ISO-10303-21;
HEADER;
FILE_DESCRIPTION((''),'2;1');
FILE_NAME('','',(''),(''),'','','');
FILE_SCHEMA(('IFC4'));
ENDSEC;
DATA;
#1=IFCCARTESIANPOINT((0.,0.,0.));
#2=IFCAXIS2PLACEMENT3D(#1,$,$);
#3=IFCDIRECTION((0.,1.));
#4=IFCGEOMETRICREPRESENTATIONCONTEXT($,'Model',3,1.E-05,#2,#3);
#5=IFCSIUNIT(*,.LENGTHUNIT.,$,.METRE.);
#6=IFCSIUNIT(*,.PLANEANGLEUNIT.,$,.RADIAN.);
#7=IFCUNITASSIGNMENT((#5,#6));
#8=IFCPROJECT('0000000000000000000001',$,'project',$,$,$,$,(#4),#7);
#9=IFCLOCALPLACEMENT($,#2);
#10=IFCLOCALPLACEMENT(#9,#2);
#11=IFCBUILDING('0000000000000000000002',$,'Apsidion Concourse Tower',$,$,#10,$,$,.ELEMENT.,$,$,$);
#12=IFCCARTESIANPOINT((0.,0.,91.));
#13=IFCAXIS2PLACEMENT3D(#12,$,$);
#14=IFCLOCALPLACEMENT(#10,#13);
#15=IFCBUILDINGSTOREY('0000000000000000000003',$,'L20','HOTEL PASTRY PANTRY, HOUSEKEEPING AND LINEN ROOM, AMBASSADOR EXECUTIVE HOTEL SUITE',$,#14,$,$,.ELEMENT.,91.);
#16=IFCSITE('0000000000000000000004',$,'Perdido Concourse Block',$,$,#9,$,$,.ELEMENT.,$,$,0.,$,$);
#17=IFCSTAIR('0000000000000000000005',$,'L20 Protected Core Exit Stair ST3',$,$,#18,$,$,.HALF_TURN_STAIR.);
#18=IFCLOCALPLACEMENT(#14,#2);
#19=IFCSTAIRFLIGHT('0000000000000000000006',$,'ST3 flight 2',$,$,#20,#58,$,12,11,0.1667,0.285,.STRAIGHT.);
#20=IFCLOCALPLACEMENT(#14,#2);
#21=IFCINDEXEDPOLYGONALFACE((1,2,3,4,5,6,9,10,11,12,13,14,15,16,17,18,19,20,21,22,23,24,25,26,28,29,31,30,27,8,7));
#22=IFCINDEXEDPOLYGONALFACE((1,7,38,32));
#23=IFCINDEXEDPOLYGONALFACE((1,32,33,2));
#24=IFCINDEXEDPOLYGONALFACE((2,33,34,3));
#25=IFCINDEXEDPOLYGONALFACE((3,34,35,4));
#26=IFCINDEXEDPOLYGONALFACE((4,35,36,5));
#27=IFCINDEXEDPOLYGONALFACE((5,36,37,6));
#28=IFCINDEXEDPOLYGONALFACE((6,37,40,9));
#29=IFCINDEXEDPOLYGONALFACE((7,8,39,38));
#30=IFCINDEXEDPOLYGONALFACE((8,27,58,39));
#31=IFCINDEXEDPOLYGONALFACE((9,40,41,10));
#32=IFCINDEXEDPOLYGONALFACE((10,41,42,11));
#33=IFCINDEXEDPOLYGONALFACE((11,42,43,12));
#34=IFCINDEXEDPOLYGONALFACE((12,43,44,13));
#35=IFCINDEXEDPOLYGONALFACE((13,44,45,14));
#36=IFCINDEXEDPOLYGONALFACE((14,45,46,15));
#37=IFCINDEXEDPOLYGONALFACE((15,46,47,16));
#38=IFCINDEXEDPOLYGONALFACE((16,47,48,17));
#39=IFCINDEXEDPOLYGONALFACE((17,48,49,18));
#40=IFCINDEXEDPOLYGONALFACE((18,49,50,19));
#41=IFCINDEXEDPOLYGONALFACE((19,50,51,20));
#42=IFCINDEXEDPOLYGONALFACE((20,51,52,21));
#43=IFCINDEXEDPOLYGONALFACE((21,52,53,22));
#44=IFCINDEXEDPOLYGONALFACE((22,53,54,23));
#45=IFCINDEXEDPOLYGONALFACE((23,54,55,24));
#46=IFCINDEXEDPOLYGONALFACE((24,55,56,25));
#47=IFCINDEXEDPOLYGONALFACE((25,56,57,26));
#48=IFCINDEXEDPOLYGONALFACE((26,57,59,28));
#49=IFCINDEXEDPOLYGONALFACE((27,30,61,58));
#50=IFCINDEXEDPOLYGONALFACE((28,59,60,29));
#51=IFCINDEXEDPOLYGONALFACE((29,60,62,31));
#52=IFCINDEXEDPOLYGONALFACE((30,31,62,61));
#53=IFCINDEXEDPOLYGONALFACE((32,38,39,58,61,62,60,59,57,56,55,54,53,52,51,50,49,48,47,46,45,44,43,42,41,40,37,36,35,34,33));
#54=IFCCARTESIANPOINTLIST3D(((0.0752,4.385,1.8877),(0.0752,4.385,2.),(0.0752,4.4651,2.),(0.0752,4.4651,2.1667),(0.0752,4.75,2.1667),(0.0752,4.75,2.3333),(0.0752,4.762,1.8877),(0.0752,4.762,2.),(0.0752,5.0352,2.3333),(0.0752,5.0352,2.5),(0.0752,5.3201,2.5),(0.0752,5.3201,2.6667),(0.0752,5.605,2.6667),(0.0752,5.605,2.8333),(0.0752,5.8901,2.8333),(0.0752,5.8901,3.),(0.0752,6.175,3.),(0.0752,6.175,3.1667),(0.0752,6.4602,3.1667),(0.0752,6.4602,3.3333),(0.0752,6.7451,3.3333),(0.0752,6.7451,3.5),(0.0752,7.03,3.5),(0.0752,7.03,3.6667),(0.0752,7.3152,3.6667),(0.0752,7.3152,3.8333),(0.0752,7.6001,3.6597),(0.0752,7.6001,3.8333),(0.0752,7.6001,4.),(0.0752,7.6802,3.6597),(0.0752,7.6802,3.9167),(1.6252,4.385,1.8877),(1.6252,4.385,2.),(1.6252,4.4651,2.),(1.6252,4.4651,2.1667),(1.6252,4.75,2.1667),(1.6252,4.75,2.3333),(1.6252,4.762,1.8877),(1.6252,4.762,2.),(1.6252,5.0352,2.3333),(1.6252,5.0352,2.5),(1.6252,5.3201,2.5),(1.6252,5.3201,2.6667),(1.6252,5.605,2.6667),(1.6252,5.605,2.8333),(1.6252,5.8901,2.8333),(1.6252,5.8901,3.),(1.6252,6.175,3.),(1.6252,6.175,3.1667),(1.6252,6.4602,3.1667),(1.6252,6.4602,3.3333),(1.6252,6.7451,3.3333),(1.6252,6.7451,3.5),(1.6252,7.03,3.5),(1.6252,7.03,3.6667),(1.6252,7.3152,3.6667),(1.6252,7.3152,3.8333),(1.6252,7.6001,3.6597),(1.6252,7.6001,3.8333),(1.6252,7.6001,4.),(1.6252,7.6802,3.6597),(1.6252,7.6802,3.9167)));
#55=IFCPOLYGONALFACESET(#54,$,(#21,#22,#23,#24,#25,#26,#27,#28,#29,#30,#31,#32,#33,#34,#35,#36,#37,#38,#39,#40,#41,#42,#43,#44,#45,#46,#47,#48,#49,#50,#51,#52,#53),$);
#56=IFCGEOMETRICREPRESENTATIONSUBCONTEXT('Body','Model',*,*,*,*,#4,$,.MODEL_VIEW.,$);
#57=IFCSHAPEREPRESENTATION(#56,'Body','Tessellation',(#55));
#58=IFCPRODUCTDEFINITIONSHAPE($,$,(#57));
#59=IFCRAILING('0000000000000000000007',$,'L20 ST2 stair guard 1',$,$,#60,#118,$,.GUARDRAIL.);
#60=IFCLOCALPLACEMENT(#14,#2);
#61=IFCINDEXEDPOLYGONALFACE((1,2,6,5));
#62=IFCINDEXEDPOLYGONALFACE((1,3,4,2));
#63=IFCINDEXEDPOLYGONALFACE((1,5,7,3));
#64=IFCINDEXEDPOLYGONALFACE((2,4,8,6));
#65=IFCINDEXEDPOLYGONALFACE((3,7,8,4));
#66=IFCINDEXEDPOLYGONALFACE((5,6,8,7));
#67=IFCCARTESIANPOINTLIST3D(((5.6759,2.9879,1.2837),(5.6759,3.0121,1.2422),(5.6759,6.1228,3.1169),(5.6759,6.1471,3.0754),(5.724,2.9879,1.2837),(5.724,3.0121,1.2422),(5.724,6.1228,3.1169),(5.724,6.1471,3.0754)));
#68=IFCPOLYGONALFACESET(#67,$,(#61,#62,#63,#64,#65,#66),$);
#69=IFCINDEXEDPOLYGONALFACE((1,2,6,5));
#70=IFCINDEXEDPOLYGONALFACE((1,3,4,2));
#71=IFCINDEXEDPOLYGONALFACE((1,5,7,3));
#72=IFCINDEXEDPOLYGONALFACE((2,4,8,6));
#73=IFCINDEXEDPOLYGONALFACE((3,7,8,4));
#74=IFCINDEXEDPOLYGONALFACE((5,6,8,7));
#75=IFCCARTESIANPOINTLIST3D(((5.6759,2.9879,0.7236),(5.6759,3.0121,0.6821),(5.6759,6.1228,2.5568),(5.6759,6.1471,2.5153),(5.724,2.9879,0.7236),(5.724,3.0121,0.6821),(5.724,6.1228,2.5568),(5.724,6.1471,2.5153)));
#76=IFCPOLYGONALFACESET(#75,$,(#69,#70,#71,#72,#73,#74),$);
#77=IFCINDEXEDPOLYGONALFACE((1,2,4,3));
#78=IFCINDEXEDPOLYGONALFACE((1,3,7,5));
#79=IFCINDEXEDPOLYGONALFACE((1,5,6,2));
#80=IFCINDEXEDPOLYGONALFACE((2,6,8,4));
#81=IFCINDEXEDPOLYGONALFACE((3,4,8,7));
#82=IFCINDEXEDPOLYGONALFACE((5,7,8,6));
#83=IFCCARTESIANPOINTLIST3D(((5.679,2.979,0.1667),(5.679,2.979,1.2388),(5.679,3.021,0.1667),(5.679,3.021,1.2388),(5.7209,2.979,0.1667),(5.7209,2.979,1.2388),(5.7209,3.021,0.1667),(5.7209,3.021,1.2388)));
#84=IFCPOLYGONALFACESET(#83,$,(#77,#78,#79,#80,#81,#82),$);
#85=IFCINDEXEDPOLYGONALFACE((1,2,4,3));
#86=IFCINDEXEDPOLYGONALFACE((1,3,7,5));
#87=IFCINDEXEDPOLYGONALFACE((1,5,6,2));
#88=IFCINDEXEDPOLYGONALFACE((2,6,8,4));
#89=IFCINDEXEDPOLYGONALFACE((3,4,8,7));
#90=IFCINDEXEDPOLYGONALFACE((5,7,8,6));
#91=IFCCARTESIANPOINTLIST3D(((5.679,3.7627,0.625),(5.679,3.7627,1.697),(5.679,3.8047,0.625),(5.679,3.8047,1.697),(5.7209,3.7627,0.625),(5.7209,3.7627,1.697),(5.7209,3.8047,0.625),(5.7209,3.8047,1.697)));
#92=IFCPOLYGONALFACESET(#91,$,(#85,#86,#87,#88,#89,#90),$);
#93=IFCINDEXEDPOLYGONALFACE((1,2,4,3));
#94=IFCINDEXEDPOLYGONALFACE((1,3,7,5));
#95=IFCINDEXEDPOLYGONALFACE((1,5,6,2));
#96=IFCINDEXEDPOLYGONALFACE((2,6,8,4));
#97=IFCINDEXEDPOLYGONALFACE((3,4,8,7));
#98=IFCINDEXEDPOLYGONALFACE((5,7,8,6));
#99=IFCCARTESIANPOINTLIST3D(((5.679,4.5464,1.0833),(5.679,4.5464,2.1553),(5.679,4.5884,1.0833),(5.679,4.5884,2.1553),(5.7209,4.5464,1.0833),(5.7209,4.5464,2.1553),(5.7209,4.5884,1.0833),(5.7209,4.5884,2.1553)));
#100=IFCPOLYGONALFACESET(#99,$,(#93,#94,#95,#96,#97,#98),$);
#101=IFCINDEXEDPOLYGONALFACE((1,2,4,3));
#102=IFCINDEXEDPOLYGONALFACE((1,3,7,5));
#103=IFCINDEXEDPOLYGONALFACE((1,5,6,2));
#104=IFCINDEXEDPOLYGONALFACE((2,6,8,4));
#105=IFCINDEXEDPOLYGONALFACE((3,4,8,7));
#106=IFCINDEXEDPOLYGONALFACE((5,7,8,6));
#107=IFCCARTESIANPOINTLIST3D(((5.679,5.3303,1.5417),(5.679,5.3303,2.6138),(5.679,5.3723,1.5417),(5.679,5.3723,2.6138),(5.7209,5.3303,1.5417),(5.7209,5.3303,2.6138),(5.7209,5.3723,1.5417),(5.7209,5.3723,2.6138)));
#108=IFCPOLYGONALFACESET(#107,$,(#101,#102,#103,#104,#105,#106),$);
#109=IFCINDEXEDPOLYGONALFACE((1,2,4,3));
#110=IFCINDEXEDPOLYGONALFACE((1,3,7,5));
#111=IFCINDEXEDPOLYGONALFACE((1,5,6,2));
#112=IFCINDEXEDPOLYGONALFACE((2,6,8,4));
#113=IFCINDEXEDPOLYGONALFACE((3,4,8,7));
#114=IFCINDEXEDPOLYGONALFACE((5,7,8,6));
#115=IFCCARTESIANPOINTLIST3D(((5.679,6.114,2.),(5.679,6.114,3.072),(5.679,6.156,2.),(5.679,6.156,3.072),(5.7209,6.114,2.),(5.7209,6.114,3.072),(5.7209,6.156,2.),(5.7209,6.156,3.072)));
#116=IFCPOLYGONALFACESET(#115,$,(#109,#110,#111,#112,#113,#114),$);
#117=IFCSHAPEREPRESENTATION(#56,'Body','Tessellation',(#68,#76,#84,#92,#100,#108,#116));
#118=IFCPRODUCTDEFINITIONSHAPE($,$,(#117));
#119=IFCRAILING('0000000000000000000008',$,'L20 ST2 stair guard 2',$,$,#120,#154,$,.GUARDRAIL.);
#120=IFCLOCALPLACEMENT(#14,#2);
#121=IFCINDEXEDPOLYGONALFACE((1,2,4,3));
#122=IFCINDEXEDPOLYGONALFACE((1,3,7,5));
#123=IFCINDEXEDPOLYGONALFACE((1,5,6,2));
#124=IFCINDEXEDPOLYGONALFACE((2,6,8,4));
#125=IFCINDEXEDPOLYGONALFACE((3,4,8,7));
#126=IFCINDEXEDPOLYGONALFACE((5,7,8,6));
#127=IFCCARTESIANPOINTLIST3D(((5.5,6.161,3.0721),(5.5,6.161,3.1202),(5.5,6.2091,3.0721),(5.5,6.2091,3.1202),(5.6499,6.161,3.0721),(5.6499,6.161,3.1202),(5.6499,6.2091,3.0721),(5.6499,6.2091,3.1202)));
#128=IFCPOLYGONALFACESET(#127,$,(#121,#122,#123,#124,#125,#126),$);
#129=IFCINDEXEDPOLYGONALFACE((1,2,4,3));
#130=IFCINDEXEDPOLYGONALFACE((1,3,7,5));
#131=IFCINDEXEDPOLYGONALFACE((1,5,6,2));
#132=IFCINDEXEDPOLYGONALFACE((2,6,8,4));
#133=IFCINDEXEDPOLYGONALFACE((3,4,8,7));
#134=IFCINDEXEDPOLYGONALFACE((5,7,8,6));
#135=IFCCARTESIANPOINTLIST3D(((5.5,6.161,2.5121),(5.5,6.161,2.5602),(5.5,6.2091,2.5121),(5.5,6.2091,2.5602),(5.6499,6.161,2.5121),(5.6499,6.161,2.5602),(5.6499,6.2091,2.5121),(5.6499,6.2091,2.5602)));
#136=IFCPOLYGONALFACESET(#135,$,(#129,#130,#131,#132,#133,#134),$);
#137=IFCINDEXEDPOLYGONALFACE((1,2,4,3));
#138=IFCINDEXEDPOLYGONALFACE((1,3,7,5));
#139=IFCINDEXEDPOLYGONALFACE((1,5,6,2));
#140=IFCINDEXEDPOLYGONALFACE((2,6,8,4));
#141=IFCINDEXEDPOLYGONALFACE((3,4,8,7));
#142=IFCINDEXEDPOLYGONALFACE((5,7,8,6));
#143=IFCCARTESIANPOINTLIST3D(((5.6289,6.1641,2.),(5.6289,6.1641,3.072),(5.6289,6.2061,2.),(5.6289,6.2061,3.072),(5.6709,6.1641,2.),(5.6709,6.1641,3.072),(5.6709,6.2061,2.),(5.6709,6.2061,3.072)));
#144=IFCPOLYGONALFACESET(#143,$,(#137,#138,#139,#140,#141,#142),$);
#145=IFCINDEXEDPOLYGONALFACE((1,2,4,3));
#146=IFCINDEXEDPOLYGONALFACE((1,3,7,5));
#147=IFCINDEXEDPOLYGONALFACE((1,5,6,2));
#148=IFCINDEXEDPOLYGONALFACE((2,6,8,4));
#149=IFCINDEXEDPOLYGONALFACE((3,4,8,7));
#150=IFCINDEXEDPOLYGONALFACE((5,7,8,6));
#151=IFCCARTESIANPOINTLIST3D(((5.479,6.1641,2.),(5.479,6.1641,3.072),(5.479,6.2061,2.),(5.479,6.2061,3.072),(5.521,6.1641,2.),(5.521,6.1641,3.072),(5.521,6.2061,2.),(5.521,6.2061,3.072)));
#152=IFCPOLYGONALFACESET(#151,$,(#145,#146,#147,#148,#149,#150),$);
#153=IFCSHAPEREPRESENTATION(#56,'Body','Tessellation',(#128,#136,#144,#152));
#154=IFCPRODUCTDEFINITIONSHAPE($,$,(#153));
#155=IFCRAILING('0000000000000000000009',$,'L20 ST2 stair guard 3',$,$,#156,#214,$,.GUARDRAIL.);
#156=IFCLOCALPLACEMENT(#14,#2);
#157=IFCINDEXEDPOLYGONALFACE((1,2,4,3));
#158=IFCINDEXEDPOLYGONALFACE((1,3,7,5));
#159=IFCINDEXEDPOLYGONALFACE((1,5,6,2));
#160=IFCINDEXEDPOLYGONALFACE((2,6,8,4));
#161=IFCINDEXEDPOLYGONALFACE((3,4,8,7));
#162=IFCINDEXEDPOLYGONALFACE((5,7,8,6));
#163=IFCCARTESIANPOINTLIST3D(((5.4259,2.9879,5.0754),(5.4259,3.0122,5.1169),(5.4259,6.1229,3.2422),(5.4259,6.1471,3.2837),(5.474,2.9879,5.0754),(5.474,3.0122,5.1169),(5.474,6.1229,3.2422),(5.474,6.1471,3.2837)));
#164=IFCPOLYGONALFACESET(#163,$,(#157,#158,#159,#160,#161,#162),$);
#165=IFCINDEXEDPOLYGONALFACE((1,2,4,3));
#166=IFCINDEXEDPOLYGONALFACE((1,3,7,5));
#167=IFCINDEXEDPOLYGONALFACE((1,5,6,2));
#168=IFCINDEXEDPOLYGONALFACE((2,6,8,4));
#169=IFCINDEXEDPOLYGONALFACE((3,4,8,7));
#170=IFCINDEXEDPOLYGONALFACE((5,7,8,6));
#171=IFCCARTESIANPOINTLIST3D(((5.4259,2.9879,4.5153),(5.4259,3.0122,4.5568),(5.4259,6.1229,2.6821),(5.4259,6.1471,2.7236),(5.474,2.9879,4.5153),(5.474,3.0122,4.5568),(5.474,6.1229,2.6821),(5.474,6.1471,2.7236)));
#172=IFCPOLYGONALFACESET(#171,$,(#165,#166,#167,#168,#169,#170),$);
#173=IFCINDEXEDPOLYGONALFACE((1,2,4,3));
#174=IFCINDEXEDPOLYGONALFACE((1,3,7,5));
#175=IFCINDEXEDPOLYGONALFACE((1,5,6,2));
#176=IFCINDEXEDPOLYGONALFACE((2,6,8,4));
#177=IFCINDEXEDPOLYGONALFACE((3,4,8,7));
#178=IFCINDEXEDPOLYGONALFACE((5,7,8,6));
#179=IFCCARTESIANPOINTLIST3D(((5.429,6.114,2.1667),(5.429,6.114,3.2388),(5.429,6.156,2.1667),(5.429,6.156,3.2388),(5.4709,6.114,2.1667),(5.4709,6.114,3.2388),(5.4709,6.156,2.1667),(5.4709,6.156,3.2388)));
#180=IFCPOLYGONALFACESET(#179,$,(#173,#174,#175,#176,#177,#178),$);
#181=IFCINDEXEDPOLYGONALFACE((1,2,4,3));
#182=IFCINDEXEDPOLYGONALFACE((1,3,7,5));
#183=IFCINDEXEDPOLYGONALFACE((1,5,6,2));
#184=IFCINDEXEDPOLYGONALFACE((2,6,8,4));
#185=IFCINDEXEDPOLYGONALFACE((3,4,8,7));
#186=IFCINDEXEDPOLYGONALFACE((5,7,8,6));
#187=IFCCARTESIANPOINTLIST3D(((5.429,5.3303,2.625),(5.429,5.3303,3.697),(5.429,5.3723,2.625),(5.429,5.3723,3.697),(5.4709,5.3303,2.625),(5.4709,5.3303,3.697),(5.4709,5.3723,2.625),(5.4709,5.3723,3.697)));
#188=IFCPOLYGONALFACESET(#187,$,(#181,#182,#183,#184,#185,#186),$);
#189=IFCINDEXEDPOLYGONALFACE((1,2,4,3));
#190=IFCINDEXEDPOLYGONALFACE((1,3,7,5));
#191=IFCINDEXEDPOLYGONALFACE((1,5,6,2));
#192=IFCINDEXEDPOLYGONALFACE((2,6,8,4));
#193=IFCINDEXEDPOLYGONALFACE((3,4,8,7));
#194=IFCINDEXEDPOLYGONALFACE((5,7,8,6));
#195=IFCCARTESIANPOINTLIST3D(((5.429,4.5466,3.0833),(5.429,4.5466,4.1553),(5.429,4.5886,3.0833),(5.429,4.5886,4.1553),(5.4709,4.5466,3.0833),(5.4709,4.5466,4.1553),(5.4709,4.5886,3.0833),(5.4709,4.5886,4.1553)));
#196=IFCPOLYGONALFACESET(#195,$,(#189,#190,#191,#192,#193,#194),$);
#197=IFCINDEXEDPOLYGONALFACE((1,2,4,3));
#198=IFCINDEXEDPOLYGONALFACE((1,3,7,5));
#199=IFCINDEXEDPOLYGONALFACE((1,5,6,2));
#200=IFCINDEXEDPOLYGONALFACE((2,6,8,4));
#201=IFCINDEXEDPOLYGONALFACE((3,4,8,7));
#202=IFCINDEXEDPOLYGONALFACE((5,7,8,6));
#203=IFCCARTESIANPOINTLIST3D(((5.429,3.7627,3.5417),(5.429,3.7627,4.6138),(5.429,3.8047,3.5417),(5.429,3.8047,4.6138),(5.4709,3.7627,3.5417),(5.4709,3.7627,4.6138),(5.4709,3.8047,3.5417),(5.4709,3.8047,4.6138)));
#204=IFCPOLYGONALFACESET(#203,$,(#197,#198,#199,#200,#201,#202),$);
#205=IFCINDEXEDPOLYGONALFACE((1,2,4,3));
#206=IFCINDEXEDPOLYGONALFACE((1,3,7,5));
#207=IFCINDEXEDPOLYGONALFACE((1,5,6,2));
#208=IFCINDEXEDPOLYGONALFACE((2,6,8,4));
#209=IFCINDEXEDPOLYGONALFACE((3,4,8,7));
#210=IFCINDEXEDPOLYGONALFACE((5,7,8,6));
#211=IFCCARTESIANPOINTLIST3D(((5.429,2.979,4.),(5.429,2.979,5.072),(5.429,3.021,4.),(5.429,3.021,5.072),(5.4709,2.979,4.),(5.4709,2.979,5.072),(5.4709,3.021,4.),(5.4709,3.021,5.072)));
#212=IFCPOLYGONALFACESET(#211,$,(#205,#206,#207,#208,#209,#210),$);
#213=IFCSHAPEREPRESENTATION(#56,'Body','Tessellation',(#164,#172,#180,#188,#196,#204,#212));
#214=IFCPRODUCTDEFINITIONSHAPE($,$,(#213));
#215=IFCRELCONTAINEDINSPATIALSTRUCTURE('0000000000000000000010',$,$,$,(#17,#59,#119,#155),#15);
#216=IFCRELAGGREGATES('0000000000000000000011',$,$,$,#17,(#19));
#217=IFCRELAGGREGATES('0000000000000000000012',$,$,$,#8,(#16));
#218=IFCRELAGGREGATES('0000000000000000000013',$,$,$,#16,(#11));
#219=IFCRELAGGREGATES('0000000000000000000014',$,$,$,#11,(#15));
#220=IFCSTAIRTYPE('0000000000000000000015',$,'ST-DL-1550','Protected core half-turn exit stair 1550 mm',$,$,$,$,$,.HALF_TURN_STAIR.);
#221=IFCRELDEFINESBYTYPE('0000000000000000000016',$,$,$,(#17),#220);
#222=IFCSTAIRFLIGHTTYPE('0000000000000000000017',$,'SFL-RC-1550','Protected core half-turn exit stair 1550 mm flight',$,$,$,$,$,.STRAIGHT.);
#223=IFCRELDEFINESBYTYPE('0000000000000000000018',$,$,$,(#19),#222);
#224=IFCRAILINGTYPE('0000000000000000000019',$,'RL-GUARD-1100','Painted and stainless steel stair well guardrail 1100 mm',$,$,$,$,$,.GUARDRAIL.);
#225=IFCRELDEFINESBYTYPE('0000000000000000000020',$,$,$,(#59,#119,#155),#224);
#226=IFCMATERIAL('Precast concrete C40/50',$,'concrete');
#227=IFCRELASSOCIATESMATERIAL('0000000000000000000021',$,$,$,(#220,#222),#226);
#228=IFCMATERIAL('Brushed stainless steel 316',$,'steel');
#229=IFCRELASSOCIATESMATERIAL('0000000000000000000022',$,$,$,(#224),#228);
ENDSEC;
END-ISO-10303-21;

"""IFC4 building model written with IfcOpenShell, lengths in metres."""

from ifc_helpers import new_model, si_unit, direction, frame, origin, origin_2d, place, context, subcontext, project, spatial, polyline, rectangle, outline, extrude, material, type_object, element, aggregate, save


model = new_model("IFC4")

# Units and contexts
model_context = context("Model", 3, precision=1e-05, world=origin(), true_north=direction((0.0, 1.0)))
body_context = subcontext(model_context, "Body", "Model", "MODEL_VIEW")
ifc_project = project(units=[si_unit("LENGTHUNIT", "METRE"), si_unit("PLANEANGLEUNIT", "RADIAN")], contexts=[model_context])

# Site, building, storey
site_placement = place(None, origin())
site = spatial("IfcSite", under=ifc_project, at=site_placement, Name="Perdido Concourse Block", CompositionType="ELEMENT", RefElevation=0.0)
building_placement = place(site_placement, origin())
building = spatial("IfcBuilding", under=site, at=building_placement, Name="Apsidion Concourse Tower", CompositionType="ELEMENT")
storey_placement = place(building_placement, frame((0.0, 0.0, 91.0)))
storey = spatial("IfcBuildingStorey", under=building, at=storey_placement, Name="L20", Description="HOTEL PASTRY PANTRY, HOUSEKEEPING AND LINEN ROOM, AMBASSADOR EXECUTIVE HOTEL SUITE", CompositionType="ELEMENT", Elevation=91.0)

# Shared definitions
ifc_material_1 = material(Name="Precast concrete C40/50", Category="concrete")
stair_type = type_object("IfcStairType", Name="ST-DL-1550", Description="Protected core half-turn exit stair 1550 mm", PredefinedType="HALF_TURN_STAIR", material=ifc_material_1)
stair_flight_type = type_object("IfcStairFlightType", Name="SFL-RC-1550", Description="Protected core half-turn exit stair 1550 mm flight", PredefinedType="STRAIGHT", material=ifc_material_1)

# Stair, stair flight
stair_1_placement = place(storey_placement, origin())
stair_1 = element("IfcStair", 1, at=stair_1_placement, inside=storey, type_object=stair_type, Name="L20 Protected Core Exit Stair ST3", PredefinedType="HALF_TURN_STAIR")
stair_flight_1_placement = place(storey_placement, frame((0.8501, 4.4651, 2.0), z_axis=(0.0, 0.0, 1.0), x_axis=(0.0, 1.0, 0.0)))
stair_flight_1 = element("IfcStairFlight", 2, at=stair_flight_1_placement, type_object=stair_flight_type, Name="ST3 flight 2", NumberOfRisers=12, NumberOfTreads=11, PredefinedType="STRAIGHT", RiserHeight=0.1667, TreadLength=0.285, context=body_context, shape_type="SweptSolid", body=[
    extrude(outline(polyline([(-0.0801, -0.1123), (-0.0801, 0.0), (0.0, 0.0), (0.0, 0.1667), (0.2849, 0.1667), (0.2849, 0.3333), (0.5701, 0.3333), (0.5701, 0.5), (0.855, 0.5), (0.855, 0.6667), (1.1399, 0.6667), (1.1399, 0.8333), (1.425, 0.8333), (1.425, 1.0), (1.71, 1.0), (1.71, 1.1667), (1.9951, 1.1667), (1.9951, 1.3333), (2.28, 1.3333), (2.28, 1.5), (2.5649, 1.5), (2.5649, 1.6667), (2.8501, 1.6667), (2.8501, 1.8333), (3.135, 1.8333), (3.135, 2.0), (3.2151, 1.9167), (3.2151, 1.6597), (3.135, 1.6597), (0.2969, 0.0), (0.2969, -0.1123), (-0.0801, -0.1123)])), frame((0.0, 0.7749, 0.0), z_axis=(0.0, -1.0, 0.0), x_axis=(1.0, 0.0, 0.0)), (0.0, 0.0, 1.0), 1.55),
])
aggregate(stair_1, [stair_flight_1])

# Railings
ifc_material_2 = material(Name="Brushed stainless steel 316", Category="steel")
railing_type_1 = type_object("IfcRailingType", Name="RL-GUARD-1100", Description="Painted and stainless steel stair well guardrail 1100 mm", PredefinedType="GUARDRAIL", material=ifc_material_2)
railing_1_placement = place(storey_placement, frame((5.7, 3.0, 0.1667)))
element("IfcRailing", 3, at=railing_1_placement, inside=storey, type_object=railing_type_1, Name="L20 ST2 stair guard 1", PredefinedType="GUARDRAIL", context=body_context, shape_type="SweptSolid", body=[
    extrude(rectangle(XDim=0.0481, YDim=0.0481, at=origin_2d()), frame((0.0, 0.0, 1.0962), z_axis=(0.0, 0.86324, 0.504794), x_axis=(-1.0, 0.0, 0.0)), (0.0, 0.0, 1.0), 3.6316),
    extrude(rectangle(XDim=0.0481, YDim=0.0481, at=origin_2d()), frame((0.0, 0.0, 0.5361), z_axis=(0.0, 0.86324, 0.504794), x_axis=(-1.0, 0.0, 0.0)), (0.0, 0.0, 1.0), 3.6316),
    extrude(rectangle(XDim=0.042, YDim=0.042, at=origin_2d()), origin(), (0.0, 0.0, 1.0), 1.072),
    extrude(rectangle(XDim=0.042, YDim=0.042, at=origin_2d()), frame((0.0, 0.7837, 0.4583)), (0.0, 0.0, 1.0), 1.072),
    extrude(rectangle(XDim=0.042, YDim=0.042, at=origin_2d()), frame((0.0, 1.5674, 0.9165)), (0.0, 0.0, 1.0), 1.072),
    extrude(rectangle(XDim=0.042, YDim=0.042, at=origin_2d()), frame((0.0, 2.3513, 1.375)), (0.0, 0.0, 1.0), 1.072),
    extrude(rectangle(XDim=0.042, YDim=0.042, at=origin_2d()), frame((0.0, 3.135, 1.8333)), (0.0, 0.0, 1.0), 1.072),
])
railing_2_placement = place(storey_placement, frame((5.6499, 6.1851, 2.0)))
element("IfcRailing", 4, at=railing_2_placement, inside=storey, type_object=railing_type_1, Name="L20 ST2 stair guard 2", PredefinedType="GUARDRAIL", context=body_context, shape_type="SweptSolid", body=[
    extrude(rectangle(XDim=0.0481, YDim=0.0481, at=origin_2d()), frame((0.0, 0.0, 1.0962), z_axis=(-1.0, 0.0, 0.0), x_axis=(0.0, -1.0, 0.0)), (0.0, 0.0, 1.0), 0.1499),
    extrude(rectangle(XDim=0.0481, YDim=0.0481, at=origin_2d()), frame((0.0, 0.0, 0.5361), z_axis=(-1.0, 0.0, 0.0), x_axis=(0.0, -1.0, 0.0)), (0.0, 0.0, 1.0), 0.1499),
    extrude(rectangle(XDim=0.042, YDim=0.042, at=origin_2d()), origin(), (0.0, 0.0, 1.0), 1.072),
    extrude(rectangle(XDim=0.042, YDim=0.042, at=origin_2d()), frame((-0.1499, 0.0, 0.0)), (0.0, 0.0, 1.0), 1.072),
])
railing_3_placement = place(storey_placement, frame((5.45, 6.135, 2.1667)))
element("IfcRailing", 5, at=railing_3_placement, inside=storey, type_object=railing_type_1, Name="L20 ST2 stair guard 3", PredefinedType="GUARDRAIL", context=body_context, shape_type="SweptSolid", body=[
    extrude(rectangle(XDim=0.0481, YDim=0.0481, at=origin_2d()), frame((0.0, 0.0, 1.0962), z_axis=(0.0, -0.86324, 0.504794), x_axis=(1.0, 0.0, 0.0)), (0.0, 0.0, 1.0), 3.6316),
    extrude(rectangle(XDim=0.0481, YDim=0.0481, at=origin_2d()), frame((0.0, 0.0, 0.5361), z_axis=(0.0, -0.86324, 0.504794), x_axis=(1.0, 0.0, 0.0)), (0.0, 0.0, 1.0), 3.6316),
    extrude(rectangle(XDim=0.042, YDim=0.042, at=origin_2d()), origin(), (0.0, 0.0, 1.0), 1.072),
    extrude(rectangle(XDim=0.042, YDim=0.042, at=origin_2d()), frame((0.0, -0.7837, 0.4583)), (0.0, 0.0, 1.0), 1.072),
    extrude(rectangle(XDim=0.042, YDim=0.042, at=origin_2d()), frame((0.0, -1.5674, 0.9165)), (0.0, 0.0, 1.0), 1.072),
    extrude(rectangle(XDim=0.042, YDim=0.042, at=origin_2d()), frame((0.0, -2.3513, 1.375)), (0.0, 0.0, 1.0), 1.072),
    extrude(rectangle(XDim=0.042, YDim=0.042, at=origin_2d()), frame((0.0, -3.135, 1.8333)), (0.0, 0.0, 1.0), 1.072),
])

save(model, "model.ifc")
